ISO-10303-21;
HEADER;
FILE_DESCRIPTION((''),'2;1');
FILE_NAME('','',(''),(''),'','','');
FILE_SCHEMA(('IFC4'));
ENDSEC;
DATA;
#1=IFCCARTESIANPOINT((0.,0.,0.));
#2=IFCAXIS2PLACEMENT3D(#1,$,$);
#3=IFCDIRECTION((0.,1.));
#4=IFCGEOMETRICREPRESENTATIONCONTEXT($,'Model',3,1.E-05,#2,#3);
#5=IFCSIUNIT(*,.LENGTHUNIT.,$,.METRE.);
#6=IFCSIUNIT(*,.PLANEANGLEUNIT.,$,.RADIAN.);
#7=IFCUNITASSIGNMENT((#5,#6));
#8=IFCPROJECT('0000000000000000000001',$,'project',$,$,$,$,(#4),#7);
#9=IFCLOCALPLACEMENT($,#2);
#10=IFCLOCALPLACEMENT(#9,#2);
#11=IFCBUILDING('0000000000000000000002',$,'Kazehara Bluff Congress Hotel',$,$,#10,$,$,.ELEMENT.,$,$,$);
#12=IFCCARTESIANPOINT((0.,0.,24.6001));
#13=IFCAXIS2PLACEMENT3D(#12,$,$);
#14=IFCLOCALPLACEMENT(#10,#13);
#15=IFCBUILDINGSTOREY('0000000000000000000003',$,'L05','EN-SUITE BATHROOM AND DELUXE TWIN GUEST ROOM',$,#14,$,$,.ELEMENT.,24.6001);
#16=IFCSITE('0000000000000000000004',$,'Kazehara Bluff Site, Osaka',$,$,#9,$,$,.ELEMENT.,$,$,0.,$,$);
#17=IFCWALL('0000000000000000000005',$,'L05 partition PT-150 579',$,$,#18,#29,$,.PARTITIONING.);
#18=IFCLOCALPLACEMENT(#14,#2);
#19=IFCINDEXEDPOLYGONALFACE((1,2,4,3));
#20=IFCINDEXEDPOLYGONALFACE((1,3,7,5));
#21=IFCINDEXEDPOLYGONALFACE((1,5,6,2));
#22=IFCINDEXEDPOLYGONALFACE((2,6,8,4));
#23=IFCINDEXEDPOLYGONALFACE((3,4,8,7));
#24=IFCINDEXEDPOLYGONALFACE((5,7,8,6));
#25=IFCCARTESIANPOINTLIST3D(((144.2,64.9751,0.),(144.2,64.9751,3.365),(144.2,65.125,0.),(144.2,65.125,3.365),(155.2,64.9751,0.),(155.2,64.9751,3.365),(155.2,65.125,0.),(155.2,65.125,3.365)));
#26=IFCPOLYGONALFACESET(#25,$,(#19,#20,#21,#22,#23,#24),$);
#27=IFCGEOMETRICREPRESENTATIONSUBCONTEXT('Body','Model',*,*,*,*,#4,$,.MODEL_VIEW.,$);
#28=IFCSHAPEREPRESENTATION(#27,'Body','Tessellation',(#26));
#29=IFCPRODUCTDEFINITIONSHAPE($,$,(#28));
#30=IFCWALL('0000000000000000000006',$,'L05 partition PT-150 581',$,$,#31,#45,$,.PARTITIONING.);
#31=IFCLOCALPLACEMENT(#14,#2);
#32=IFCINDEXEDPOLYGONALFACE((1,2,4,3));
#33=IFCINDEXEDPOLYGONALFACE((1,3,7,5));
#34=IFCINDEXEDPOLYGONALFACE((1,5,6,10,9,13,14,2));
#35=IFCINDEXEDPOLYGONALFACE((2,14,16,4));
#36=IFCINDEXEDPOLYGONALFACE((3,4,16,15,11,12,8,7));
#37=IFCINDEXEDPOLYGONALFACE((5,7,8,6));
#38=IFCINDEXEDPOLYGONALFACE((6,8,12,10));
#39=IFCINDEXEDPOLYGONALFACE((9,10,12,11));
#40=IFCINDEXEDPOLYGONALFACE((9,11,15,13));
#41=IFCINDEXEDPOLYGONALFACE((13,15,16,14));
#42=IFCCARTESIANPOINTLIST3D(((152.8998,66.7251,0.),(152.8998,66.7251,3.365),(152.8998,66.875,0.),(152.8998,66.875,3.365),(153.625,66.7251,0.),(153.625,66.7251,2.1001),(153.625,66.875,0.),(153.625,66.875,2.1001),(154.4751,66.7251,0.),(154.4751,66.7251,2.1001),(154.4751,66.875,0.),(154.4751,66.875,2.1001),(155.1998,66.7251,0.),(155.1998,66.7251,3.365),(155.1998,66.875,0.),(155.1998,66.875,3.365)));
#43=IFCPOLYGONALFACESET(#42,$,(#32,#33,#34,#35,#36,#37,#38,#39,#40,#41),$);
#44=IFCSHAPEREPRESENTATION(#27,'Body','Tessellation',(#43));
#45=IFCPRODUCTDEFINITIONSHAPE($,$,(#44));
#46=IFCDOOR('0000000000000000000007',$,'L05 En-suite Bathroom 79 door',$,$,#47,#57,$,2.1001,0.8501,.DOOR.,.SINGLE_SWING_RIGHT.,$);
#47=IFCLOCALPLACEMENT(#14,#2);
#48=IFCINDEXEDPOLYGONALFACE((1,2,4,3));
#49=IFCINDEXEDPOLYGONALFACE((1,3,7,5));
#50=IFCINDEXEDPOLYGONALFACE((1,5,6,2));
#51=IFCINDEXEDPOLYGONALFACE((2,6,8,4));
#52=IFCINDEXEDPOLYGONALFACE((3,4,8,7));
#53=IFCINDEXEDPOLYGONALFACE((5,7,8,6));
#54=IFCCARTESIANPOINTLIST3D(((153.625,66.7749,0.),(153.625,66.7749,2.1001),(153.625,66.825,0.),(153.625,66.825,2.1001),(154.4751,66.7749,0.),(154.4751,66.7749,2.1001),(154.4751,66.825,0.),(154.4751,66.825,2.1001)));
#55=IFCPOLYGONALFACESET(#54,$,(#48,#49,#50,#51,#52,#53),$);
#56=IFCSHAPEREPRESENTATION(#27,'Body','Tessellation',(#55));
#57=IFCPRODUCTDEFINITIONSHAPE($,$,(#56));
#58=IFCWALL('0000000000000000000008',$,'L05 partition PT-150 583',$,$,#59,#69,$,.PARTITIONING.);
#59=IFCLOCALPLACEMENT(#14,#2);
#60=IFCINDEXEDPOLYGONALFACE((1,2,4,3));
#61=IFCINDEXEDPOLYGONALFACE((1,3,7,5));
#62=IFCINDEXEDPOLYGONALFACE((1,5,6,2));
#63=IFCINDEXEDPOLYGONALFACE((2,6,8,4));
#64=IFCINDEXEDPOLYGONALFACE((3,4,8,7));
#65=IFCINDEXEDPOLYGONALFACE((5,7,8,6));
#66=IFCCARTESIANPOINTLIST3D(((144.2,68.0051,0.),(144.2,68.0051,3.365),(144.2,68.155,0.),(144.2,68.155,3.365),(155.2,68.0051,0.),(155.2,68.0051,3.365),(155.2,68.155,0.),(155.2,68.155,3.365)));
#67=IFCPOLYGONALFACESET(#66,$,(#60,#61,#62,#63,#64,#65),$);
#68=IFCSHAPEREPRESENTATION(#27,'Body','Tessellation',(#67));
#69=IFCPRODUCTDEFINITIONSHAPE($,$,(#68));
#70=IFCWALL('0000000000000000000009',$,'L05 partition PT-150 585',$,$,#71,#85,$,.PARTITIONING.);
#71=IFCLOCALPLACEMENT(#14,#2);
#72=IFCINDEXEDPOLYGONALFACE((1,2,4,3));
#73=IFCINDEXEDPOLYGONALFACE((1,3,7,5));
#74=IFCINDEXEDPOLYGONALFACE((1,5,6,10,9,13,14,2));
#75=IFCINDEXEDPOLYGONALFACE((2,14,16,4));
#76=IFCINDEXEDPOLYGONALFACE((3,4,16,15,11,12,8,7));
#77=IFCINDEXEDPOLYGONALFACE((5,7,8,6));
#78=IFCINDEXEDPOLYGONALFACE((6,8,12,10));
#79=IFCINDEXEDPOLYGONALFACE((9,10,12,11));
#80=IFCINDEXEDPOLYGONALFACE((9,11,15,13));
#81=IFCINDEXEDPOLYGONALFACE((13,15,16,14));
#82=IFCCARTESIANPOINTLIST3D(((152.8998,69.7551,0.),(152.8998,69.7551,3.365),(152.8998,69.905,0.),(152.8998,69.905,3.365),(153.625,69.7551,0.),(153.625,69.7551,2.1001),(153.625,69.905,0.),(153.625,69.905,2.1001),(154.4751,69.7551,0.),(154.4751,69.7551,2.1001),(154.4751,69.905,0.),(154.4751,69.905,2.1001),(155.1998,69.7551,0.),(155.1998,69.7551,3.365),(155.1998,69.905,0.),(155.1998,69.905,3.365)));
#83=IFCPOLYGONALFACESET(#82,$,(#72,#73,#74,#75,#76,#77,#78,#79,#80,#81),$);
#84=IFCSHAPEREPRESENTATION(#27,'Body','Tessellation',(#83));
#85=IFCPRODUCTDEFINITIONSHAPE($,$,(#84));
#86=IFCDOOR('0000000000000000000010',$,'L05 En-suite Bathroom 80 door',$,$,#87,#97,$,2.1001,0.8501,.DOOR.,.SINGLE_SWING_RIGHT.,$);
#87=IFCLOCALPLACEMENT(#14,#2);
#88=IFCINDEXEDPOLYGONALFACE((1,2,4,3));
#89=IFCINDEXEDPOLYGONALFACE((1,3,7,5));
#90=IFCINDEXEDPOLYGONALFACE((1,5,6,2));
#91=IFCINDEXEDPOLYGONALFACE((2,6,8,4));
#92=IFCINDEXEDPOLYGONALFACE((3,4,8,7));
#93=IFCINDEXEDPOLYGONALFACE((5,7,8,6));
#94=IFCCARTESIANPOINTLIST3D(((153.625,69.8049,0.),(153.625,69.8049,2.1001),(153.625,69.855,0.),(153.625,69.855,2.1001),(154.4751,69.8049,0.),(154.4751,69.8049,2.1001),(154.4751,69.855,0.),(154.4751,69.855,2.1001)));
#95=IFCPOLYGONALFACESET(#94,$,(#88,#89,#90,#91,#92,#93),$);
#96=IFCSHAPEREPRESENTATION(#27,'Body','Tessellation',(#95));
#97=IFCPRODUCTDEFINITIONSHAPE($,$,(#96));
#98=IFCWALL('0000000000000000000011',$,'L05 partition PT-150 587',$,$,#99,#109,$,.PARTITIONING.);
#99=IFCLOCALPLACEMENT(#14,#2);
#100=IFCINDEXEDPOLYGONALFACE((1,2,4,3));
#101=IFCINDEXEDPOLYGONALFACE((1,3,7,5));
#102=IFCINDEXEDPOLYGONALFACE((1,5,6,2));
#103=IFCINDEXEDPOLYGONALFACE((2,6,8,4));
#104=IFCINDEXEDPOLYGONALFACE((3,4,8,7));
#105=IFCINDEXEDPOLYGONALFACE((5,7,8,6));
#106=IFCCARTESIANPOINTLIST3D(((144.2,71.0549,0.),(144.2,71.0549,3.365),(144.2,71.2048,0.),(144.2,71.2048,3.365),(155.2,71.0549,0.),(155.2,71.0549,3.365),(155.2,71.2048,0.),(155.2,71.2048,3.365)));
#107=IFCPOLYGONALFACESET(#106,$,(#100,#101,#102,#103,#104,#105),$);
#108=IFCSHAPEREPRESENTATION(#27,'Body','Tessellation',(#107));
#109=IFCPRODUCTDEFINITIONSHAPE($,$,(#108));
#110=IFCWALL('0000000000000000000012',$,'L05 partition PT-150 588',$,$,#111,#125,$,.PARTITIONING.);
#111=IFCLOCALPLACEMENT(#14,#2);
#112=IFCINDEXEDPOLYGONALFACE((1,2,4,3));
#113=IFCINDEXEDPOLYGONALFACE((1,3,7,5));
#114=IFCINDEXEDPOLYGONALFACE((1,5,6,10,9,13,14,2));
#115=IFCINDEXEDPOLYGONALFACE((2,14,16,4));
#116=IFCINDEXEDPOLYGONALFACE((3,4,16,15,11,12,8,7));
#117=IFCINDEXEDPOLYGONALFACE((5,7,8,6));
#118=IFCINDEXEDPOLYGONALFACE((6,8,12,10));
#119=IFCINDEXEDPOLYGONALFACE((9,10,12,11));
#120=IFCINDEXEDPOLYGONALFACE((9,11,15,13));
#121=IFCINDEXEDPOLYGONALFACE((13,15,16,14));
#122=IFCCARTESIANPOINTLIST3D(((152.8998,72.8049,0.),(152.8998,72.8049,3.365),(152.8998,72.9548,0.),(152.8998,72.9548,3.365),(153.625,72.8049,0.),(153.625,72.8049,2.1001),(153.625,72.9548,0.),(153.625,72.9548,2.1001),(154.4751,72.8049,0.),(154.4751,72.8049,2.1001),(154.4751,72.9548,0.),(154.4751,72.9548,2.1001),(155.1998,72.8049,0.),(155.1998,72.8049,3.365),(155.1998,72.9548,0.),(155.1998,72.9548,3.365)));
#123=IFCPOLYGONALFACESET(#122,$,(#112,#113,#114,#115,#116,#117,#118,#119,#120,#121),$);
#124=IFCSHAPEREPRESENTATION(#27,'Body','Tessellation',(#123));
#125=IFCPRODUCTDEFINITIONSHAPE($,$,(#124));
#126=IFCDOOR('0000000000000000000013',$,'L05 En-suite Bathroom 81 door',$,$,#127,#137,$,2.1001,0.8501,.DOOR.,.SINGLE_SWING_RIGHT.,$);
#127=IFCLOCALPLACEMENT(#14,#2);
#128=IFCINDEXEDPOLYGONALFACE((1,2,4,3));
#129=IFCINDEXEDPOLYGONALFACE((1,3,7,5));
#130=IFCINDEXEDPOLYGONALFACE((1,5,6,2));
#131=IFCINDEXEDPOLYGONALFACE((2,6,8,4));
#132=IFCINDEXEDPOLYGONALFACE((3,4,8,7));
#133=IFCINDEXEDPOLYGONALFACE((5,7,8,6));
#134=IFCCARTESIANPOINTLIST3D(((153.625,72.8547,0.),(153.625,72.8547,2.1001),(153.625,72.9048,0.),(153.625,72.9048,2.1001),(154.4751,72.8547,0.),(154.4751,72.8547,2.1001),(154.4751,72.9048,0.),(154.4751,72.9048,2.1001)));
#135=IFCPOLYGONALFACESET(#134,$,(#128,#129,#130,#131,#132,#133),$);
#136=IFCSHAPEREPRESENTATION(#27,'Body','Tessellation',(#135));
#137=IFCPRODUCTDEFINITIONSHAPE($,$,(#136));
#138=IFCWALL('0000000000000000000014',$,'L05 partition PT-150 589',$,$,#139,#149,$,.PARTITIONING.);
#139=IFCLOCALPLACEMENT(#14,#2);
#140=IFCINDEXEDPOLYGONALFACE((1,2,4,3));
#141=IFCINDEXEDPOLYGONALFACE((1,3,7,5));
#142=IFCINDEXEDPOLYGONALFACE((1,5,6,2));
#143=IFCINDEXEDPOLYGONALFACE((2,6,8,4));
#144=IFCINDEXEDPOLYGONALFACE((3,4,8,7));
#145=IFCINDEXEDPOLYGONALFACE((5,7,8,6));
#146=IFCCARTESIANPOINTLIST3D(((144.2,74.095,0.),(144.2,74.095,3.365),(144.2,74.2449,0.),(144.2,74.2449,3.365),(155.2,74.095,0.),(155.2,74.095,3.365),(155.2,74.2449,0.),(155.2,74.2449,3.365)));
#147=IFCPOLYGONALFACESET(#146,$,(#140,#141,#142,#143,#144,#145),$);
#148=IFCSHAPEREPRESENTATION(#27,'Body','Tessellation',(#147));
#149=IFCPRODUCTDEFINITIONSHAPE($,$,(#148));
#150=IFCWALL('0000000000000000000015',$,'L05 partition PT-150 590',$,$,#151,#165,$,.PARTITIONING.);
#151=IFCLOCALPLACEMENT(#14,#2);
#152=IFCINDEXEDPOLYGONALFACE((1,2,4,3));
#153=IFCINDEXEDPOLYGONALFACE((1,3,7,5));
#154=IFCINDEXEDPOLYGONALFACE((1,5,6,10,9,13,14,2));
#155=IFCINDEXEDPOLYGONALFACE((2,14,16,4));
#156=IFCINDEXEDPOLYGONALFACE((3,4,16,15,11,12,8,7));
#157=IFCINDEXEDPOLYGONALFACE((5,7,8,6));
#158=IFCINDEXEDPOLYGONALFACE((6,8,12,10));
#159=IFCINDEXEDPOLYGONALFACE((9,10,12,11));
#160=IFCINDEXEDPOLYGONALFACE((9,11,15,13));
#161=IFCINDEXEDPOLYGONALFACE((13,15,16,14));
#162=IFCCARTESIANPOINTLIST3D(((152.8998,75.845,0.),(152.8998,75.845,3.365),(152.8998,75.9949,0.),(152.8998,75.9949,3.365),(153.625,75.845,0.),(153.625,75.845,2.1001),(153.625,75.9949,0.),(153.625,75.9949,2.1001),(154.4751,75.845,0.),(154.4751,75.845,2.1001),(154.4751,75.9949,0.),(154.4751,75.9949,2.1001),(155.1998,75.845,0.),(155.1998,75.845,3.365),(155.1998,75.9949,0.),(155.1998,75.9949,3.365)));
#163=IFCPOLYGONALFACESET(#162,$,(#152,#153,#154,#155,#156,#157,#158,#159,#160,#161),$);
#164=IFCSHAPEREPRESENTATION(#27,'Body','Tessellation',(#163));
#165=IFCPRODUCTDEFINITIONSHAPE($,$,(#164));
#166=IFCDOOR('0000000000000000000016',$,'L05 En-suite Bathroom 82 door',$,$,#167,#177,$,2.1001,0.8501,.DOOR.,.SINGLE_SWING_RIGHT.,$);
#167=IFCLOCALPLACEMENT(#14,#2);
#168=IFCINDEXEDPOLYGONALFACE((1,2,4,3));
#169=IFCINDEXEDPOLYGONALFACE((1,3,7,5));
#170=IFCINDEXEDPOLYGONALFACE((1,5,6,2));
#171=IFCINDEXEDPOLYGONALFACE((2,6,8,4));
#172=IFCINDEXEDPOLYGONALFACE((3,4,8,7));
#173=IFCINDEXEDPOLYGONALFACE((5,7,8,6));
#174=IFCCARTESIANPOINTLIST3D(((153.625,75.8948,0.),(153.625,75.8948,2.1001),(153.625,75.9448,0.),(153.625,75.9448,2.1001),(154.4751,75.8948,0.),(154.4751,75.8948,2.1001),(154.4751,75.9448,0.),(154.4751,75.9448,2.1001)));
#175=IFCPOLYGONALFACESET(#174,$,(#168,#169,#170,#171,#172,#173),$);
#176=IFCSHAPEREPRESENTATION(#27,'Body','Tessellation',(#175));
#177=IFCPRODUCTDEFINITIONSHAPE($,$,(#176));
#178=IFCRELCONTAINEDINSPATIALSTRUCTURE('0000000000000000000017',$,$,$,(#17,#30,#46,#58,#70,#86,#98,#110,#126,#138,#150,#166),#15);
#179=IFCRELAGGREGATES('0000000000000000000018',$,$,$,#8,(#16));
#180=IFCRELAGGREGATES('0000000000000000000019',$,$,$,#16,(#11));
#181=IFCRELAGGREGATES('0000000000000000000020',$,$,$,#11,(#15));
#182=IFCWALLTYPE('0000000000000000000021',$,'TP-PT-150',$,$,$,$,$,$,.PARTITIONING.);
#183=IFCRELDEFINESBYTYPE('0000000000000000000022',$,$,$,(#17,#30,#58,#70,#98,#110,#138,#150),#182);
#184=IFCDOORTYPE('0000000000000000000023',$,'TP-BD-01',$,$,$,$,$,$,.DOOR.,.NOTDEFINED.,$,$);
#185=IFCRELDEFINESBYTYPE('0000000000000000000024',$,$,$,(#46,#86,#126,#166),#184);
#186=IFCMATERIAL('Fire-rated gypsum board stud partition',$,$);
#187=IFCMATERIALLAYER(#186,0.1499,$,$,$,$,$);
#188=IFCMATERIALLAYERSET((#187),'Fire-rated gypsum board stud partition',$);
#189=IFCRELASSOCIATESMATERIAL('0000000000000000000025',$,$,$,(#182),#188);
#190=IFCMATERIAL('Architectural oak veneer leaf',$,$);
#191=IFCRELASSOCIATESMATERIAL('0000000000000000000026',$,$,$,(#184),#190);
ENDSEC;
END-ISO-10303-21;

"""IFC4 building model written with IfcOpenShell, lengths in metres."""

from ifc_helpers import new_model, si_unit, direction, frame, frame_2d, origin, place, context, subcontext, project, spatial, rectangle, extrude, material, layer, layer_set, type_object, element, fill, save


model = new_model("IFC4")

# Units and contexts
model_context = context("Model", 3, precision=1e-05, world=origin(), true_north=direction((0.0, 1.0)))
body_context = subcontext(model_context, "Body", "Model", "MODEL_VIEW")
ifc_project = project(units=[si_unit("LENGTHUNIT", "METRE"), si_unit("PLANEANGLEUNIT", "RADIAN")], contexts=[model_context])

# Site, building, storey
site_placement = place(None, origin())
site = spatial("IfcSite", under=ifc_project, at=site_placement, Name="Kazehara Bluff Site, Osaka", CompositionType="ELEMENT", RefElevation=0.0)
building_placement = place(site_placement, origin())
building = spatial("IfcBuilding", under=site, at=building_placement, Name="Kazehara Bluff Congress Hotel", CompositionType="ELEMENT")
storey_placement = place(building_placement, frame((0.0, 0.0, 24.6001)))
storey = spatial("IfcBuildingStorey", under=building, at=storey_placement, Name="L05", Description="EN-SUITE BATHROOM AND DELUXE TWIN GUEST ROOM", CompositionType="ELEMENT", Elevation=24.6001)

# Wall
ifc_material_1 = material(Name="Fire-rated gypsum board stud partition")
ifc_layer = layer(ifc_material_1, 0.1499)
ifc_layer_set = layer_set([ifc_layer], Name="Fire-rated gypsum board stud partition")
wall_type = type_object("IfcWallType", Name="TP-PT-150", PredefinedType="PARTITIONING", material=ifc_layer_set)
wall_1_placement = place(storey_placement, frame((144.2, 65.05, 0.0), z_axis=(0.0, 0.0, 1.0), x_axis=(1.0, 0.0, 0.0)))
element("IfcWall", 1, at=wall_1_placement, inside=storey, type_object=wall_type, Name="L05 partition PT-150 579", PredefinedType="PARTITIONING", context=body_context, shape_type="SweptSolid", body=[
    extrude(rectangle(XDim=11.0, YDim=0.1499, at=frame_2d((5.5, 0.0))), origin(), (0.0, 0.0, 1.0), 3.365),
])

# Wall, opening, door
wall_2_placement = place(storey_placement, frame((152.8999, 66.8, 0.0), z_axis=(0.0, 0.0, 1.0), x_axis=(1.0, 0.0, 0.0)))
wall_2 = element("IfcWall", 2, at=wall_2_placement, inside=storey, type_object=wall_type, Name="L05 partition PT-150 581", PredefinedType="PARTITIONING", context=body_context, shape_type="SweptSolid", body=[
    extrude(rectangle(XDim=2.3, YDim=0.1499, at=frame_2d((1.1499, 0.0))), origin(), (0.0, 0.0, 1.0), 3.365),
])
opening_1_placement = place(wall_2_placement, frame((0.7251, 0.0, 0.0)))
opening_1 = element("IfcOpeningElement", 3, at=opening_1_placement, cuts=wall_2, PredefinedType="OPENING", context=body_context, shape_type="SweptSolid", body=[
    extrude(rectangle(XDim=0.8501, YDim=2.1001, at=frame_2d((0.425, 1.05))), frame((0.0, 0.085, 0.0), z_axis=(0.0, -1.0, 0.0), x_axis=(1.0, 0.0, 0.0)), (0.0, 0.0, 1.0), 0.1699),
])
ifc_material_2 = material(Name="Architectural oak veneer leaf")
door_type = type_object("IfcDoorType", Name="TP-BD-01", OperationType="NOTDEFINED", PredefinedType="DOOR", material=ifc_material_2)
door_1_placement = place(opening_1_placement, origin())
door_1 = element("IfcDoor", 4, at=door_1_placement, inside=storey, type_object=door_type, Name="L05 En-suite Bathroom 79 door", OperationType="SINGLE_SWING_RIGHT", OverallHeight=2.1001, OverallWidth=0.8501, PredefinedType="DOOR", context=body_context, shape_type="SweptSolid", body=[
    extrude(rectangle(XDim=0.8501, YDim=2.1001, at=frame_2d((0.425, 1.05))), frame((0.0, 0.0249, 0.0), z_axis=(0.0, -1.0, 0.0), x_axis=(1.0, 0.0, 0.0)), (0.0, 0.0, 1.0), 0.05),
])
fill(opening_1, door_1)

# Wall
wall_3_placement = place(storey_placement, frame((144.2, 68.0801, 0.0), z_axis=(0.0, 0.0, 1.0), x_axis=(1.0, 0.0, 0.0)))
element("IfcWall", 5, at=wall_3_placement, inside=storey, type_object=wall_type, Name="L05 partition PT-150 583", PredefinedType="PARTITIONING", context=body_context, shape_type="SweptSolid", body=[
    extrude(rectangle(XDim=11.0, YDim=0.1499, at=frame_2d((5.5, 0.0))), origin(), (0.0, 0.0, 1.0), 3.365),
])

# Wall, opening, door
wall_4_placement = place(storey_placement, frame((152.8999, 69.8301, 0.0), z_axis=(0.0, 0.0, 1.0), x_axis=(1.0, 0.0, 0.0)))
wall_4 = element("IfcWall", 6, at=wall_4_placement, inside=storey, type_object=wall_type, Name="L05 partition PT-150 585", PredefinedType="PARTITIONING", context=body_context, shape_type="SweptSolid", body=[
    extrude(rectangle(XDim=2.3, YDim=0.1499, at=frame_2d((1.1499, 0.0))), origin(), (0.0, 0.0, 1.0), 3.365),
])
opening_2_placement = place(wall_4_placement, frame((0.7251, 0.0, 0.0)))
opening_2 = element("IfcOpeningElement", 7, at=opening_2_placement, cuts=wall_4, PredefinedType="OPENING", context=body_context, shape_type="SweptSolid", body=[
    extrude(rectangle(XDim=0.8501, YDim=2.1001, at=frame_2d((0.425, 1.05))), frame((0.0, 0.085, 0.0), z_axis=(0.0, -1.0, 0.0), x_axis=(1.0, 0.0, 0.0)), (0.0, 0.0, 1.0), 0.1699),
])
door_2_placement = place(opening_2_placement, origin())
door_2 = element("IfcDoor", 8, at=door_2_placement, inside=storey, type_object=door_type, Name="L05 En-suite Bathroom 80 door", OperationType="SINGLE_SWING_RIGHT", OverallHeight=2.1001, OverallWidth=0.8501, PredefinedType="DOOR", context=body_context, shape_type="SweptSolid", body=[
    extrude(rectangle(XDim=0.8501, YDim=2.1001, at=frame_2d((0.425, 1.05))), frame((0.0, 0.0249, 0.0), z_axis=(0.0, -1.0, 0.0), x_axis=(1.0, 0.0, 0.0)), (0.0, 0.0, 1.0), 0.05),
])
fill(opening_2, door_2)

# Wall
wall_5_placement = place(storey_placement, frame((144.2, 71.1299, 0.0), z_axis=(0.0, 0.0, 1.0), x_axis=(1.0, 0.0, 0.0)))
element("IfcWall", 9, at=wall_5_placement, inside=storey, type_object=wall_type, Name="L05 partition PT-150 587", PredefinedType="PARTITIONING", context=body_context, shape_type="SweptSolid", body=[
    extrude(rectangle(XDim=11.0, YDim=0.1499, at=frame_2d((5.5, 0.0))), origin(), (0.0, 0.0, 1.0), 3.365),
])

# Wall, opening, door
wall_6_placement = place(storey_placement, frame((152.8999, 72.8799, 0.0), z_axis=(0.0, 0.0, 1.0), x_axis=(1.0, 0.0, 0.0)))
wall_6 = element("IfcWall", 10, at=wall_6_placement, inside=storey, type_object=wall_type, Name="L05 partition PT-150 588", PredefinedType="PARTITIONING", context=body_context, shape_type="SweptSolid", body=[
    extrude(rectangle(XDim=2.3, YDim=0.1499, at=frame_2d((1.1499, 0.0))), origin(), (0.0, 0.0, 1.0), 3.365),
])
opening_3_placement = place(wall_6_placement, frame((0.7251, 0.0, 0.0)))
opening_3 = element("IfcOpeningElement", 11, at=opening_3_placement, cuts=wall_6, PredefinedType="OPENING", context=body_context, shape_type="SweptSolid", body=[
    extrude(rectangle(XDim=0.8501, YDim=2.1001, at=frame_2d((0.425, 1.05))), frame((0.0, 0.085, 0.0), z_axis=(0.0, -1.0, 0.0), x_axis=(1.0, 0.0, 0.0)), (0.0, 0.0, 1.0), 0.1699),
])
door_3_placement = place(opening_3_placement, origin())
door_3 = element("IfcDoor", 12, at=door_3_placement, inside=storey, type_object=door_type, Name="L05 En-suite Bathroom 81 door", OperationType="SINGLE_SWING_RIGHT", OverallHeight=2.1001, OverallWidth=0.8501, PredefinedType="DOOR", context=body_context, shape_type="SweptSolid", body=[
    extrude(rectangle(XDim=0.8501, YDim=2.1001, at=frame_2d((0.425, 1.05))), frame((0.0, 0.0249, 0.0), z_axis=(0.0, -1.0, 0.0), x_axis=(1.0, 0.0, 0.0)), (0.0, 0.0, 1.0), 0.05),
])
fill(opening_3, door_3)

# Wall
wall_7_placement = place(storey_placement, frame((144.2, 74.1699, 0.0), z_axis=(0.0, 0.0, 1.0), x_axis=(1.0, 0.0, 0.0)))
element("IfcWall", 13, at=wall_7_placement, inside=storey, type_object=wall_type, Name="L05 partition PT-150 589", PredefinedType="PARTITIONING", context=body_context, shape_type="SweptSolid", body=[
    extrude(rectangle(XDim=11.0, YDim=0.1499, at=frame_2d((5.5, 0.0))), origin(), (0.0, 0.0, 1.0), 3.365),
])

# Wall, opening, door
wall_8_placement = place(storey_placement, frame((152.8999, 75.9199, 0.0), z_axis=(0.0, 0.0, 1.0), x_axis=(1.0, 0.0, 0.0)))
wall_8 = element("IfcWall", 14, at=wall_8_placement, inside=storey, type_object=wall_type, Name="L05 partition PT-150 590", PredefinedType="PARTITIONING", context=body_context, shape_type="SweptSolid", body=[
    extrude(rectangle(XDim=2.3, YDim=0.1499, at=frame_2d((1.1499, 0.0))), origin(), (0.0, 0.0, 1.0), 3.365),
])
opening_4_placement = place(wall_8_placement, frame((0.7251, 0.0, 0.0)))
opening_4 = element("IfcOpeningElement", 15, at=opening_4_placement, cuts=wall_8, PredefinedType="OPENING", context=body_context, shape_type="SweptSolid", body=[
    extrude(rectangle(XDim=0.8501, YDim=2.1001, at=frame_2d((0.425, 1.05))), frame((0.0, 0.085, 0.0), z_axis=(0.0, -1.0, 0.0), x_axis=(1.0, 0.0, 0.0)), (0.0, 0.0, 1.0), 0.1699),
])
door_4_placement = place(opening_4_placement, origin())
door_4 = element("IfcDoor", 16, at=door_4_placement, inside=storey, type_object=door_type, Name="L05 En-suite Bathroom 82 door", OperationType="SINGLE_SWING_RIGHT", OverallHeight=2.1001, OverallWidth=0.8501, PredefinedType="DOOR", context=body_context, shape_type="SweptSolid", body=[
    extrude(rectangle(XDim=0.8501, YDim=2.1001, at=frame_2d((0.425, 1.05))), frame((0.0, 0.0249, 0.0), z_axis=(0.0, -1.0, 0.0), x_axis=(1.0, 0.0, 0.0)), (0.0, 0.0, 1.0), 0.05),
])
fill(opening_4, door_4)

save(model, "model.ifc")
